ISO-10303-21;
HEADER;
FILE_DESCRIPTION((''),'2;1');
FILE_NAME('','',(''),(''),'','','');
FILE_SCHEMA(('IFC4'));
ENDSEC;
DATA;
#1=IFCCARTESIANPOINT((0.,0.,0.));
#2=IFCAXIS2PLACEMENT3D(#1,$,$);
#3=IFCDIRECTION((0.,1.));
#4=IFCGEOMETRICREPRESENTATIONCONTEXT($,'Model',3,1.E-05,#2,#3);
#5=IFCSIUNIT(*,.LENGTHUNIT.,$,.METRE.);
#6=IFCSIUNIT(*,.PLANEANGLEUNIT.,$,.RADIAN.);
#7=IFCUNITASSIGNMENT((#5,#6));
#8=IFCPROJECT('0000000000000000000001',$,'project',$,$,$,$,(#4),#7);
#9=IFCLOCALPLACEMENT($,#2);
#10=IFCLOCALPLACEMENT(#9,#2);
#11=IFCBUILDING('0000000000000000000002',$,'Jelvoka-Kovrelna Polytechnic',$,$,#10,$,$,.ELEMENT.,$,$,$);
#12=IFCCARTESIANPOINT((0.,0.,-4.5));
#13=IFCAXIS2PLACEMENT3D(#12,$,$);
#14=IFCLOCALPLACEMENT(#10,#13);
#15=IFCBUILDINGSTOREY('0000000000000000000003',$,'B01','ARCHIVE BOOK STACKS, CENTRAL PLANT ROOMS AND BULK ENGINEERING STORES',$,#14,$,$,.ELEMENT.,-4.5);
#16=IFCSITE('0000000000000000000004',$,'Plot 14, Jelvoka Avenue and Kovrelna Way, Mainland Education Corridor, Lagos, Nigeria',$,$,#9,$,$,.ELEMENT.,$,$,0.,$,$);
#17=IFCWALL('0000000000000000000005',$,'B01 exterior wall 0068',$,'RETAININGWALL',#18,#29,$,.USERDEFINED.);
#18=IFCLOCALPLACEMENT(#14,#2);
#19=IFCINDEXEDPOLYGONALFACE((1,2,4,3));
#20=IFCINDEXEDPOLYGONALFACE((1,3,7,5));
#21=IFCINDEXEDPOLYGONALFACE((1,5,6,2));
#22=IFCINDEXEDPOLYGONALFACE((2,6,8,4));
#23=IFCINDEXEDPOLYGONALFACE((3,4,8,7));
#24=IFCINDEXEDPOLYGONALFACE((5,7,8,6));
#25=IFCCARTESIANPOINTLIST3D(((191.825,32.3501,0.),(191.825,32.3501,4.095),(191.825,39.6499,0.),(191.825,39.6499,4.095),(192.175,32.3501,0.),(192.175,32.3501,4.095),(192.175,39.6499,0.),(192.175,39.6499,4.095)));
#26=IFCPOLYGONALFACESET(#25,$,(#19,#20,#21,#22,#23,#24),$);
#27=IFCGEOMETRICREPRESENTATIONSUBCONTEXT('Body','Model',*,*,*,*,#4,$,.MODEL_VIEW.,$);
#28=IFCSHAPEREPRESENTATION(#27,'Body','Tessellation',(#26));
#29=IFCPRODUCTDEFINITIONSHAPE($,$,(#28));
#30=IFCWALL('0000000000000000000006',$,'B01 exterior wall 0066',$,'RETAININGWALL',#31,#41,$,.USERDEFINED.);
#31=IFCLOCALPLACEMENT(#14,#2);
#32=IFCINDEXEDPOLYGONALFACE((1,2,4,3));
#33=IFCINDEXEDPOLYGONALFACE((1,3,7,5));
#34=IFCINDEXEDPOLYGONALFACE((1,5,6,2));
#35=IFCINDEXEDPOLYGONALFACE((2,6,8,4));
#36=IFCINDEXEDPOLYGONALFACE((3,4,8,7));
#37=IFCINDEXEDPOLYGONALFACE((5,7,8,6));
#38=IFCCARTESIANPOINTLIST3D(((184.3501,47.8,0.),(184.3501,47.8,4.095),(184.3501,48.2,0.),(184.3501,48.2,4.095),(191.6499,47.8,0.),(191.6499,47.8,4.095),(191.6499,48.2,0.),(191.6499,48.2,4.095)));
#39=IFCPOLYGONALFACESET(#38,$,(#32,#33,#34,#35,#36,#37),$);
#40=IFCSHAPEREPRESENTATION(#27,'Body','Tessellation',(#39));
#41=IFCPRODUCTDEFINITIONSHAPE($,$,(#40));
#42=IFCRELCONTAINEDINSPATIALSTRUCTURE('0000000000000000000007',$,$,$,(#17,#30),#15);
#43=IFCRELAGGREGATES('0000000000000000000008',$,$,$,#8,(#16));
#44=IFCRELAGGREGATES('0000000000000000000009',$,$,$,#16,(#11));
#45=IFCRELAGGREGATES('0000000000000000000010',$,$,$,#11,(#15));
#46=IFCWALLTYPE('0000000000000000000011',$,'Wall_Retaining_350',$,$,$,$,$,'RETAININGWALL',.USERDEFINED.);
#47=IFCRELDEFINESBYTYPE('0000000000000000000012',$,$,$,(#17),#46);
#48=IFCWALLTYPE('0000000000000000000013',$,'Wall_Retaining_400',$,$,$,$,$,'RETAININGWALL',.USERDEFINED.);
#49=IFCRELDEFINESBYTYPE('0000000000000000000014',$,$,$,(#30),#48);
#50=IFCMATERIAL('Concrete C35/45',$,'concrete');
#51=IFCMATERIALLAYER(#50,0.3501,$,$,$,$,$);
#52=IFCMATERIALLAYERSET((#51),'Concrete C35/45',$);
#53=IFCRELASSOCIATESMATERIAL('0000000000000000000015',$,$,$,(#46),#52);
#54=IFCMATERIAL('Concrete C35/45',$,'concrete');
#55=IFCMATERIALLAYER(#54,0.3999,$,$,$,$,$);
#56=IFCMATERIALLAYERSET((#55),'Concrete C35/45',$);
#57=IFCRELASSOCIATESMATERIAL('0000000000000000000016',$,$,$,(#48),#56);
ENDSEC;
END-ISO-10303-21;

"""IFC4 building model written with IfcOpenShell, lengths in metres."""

from ifc_helpers import new_model, si_unit, direction, frame, frame_2d, origin, place, context, subcontext, project, spatial, rectangle, extrude, material, layer, layer_set, type_object, element, save


model = new_model("IFC4")

# Units and contexts
model_context = context("Model", 3, precision=1e-05, world=origin(), true_north=direction((0.0, 1.0)))
body_context = subcontext(model_context, "Body", "Model", "MODEL_VIEW")
ifc_project = project(units=[si_unit("LENGTHUNIT", "METRE"), si_unit("PLANEANGLEUNIT", "RADIAN")], contexts=[model_context])

# Site, building, storey
site_placement = place(None, origin())
site = spatial("IfcSite", under=ifc_project, at=site_placement, Name="Plot 14, Jelvoka Avenue and Kovrelna Way, Mainland Education Corridor, Lagos, Nigeria", CompositionType="ELEMENT", RefElevation=0.0)
building_placement = place(site_placement, origin())
building = spatial("IfcBuilding", under=site, at=building_placement, Name="Jelvoka-Kovrelna Polytechnic", CompositionType="ELEMENT")
storey_placement = place(building_placement, frame((0.0, 0.0, -4.5)))
storey = spatial("IfcBuildingStorey", under=building, at=storey_placement, Name="B01", Description="ARCHIVE BOOK STACKS, CENTRAL PLANT ROOMS AND BULK ENGINEERING STORES", CompositionType="ELEMENT", Elevation=-4.5)

# Walls
ifc_material_1 = material(Name="Concrete C35/45", Category="concrete")
ifc_layer_1 = layer(ifc_material_1, 0.3501)
ifc_layer_set_1 = layer_set([ifc_layer_1], Name="Concrete C35/45")
wall_type_1 = type_object("IfcWallType", Name="Wall_Retaining_350", ElementType="RETAININGWALL", PredefinedType="USERDEFINED", material=ifc_layer_set_1)
wall_1_placement = place(storey_placement, frame((192.0, 39.6499, 0.0), z_axis=(0.0, 0.0, 1.0), x_axis=(0.0, -1.0, 0.0)))
element("IfcWall", 1, at=wall_1_placement, inside=storey, type_object=wall_type_1, Name="B01 exterior wall 0068", ObjectType="RETAININGWALL", PredefinedType="USERDEFINED", context=body_context, shape_type="SweptSolid", body=[
    extrude(rectangle(XDim=7.2998, YDim=0.3501, at=frame_2d((3.6499, 0.0))), origin(), (0.0, 0.0, 1.0), 4.095),
])
ifc_material_2 = material(Name="Concrete C35/45", Category="concrete")
ifc_layer_2 = layer(ifc_material_2, 0.3999)
ifc_layer_set_2 = layer_set([ifc_layer_2], Name="Concrete C35/45")
wall_type_2 = type_object("IfcWallType", Name="Wall_Retaining_400", ElementType="RETAININGWALL", PredefinedType="USERDEFINED", material=ifc_layer_set_2)
wall_2_placement = place(storey_placement, frame((184.3501, 48.0, 0.0), z_axis=(0.0, 0.0, 1.0), x_axis=(1.0, 0.0, 0.0)))
element("IfcWall", 2, at=wall_2_placement, inside=storey, type_object=wall_type_2, Name="B01 exterior wall 0066", ObjectType="RETAININGWALL", PredefinedType="USERDEFINED", context=body_context, shape_type="SweptSolid", body=[
    extrude(rectangle(XDim=7.2998, YDim=0.3999, at=frame_2d((3.6499, 0.0))), origin(), (0.0, 0.0, 1.0), 4.095),
])

save(model, "model.ifc")
